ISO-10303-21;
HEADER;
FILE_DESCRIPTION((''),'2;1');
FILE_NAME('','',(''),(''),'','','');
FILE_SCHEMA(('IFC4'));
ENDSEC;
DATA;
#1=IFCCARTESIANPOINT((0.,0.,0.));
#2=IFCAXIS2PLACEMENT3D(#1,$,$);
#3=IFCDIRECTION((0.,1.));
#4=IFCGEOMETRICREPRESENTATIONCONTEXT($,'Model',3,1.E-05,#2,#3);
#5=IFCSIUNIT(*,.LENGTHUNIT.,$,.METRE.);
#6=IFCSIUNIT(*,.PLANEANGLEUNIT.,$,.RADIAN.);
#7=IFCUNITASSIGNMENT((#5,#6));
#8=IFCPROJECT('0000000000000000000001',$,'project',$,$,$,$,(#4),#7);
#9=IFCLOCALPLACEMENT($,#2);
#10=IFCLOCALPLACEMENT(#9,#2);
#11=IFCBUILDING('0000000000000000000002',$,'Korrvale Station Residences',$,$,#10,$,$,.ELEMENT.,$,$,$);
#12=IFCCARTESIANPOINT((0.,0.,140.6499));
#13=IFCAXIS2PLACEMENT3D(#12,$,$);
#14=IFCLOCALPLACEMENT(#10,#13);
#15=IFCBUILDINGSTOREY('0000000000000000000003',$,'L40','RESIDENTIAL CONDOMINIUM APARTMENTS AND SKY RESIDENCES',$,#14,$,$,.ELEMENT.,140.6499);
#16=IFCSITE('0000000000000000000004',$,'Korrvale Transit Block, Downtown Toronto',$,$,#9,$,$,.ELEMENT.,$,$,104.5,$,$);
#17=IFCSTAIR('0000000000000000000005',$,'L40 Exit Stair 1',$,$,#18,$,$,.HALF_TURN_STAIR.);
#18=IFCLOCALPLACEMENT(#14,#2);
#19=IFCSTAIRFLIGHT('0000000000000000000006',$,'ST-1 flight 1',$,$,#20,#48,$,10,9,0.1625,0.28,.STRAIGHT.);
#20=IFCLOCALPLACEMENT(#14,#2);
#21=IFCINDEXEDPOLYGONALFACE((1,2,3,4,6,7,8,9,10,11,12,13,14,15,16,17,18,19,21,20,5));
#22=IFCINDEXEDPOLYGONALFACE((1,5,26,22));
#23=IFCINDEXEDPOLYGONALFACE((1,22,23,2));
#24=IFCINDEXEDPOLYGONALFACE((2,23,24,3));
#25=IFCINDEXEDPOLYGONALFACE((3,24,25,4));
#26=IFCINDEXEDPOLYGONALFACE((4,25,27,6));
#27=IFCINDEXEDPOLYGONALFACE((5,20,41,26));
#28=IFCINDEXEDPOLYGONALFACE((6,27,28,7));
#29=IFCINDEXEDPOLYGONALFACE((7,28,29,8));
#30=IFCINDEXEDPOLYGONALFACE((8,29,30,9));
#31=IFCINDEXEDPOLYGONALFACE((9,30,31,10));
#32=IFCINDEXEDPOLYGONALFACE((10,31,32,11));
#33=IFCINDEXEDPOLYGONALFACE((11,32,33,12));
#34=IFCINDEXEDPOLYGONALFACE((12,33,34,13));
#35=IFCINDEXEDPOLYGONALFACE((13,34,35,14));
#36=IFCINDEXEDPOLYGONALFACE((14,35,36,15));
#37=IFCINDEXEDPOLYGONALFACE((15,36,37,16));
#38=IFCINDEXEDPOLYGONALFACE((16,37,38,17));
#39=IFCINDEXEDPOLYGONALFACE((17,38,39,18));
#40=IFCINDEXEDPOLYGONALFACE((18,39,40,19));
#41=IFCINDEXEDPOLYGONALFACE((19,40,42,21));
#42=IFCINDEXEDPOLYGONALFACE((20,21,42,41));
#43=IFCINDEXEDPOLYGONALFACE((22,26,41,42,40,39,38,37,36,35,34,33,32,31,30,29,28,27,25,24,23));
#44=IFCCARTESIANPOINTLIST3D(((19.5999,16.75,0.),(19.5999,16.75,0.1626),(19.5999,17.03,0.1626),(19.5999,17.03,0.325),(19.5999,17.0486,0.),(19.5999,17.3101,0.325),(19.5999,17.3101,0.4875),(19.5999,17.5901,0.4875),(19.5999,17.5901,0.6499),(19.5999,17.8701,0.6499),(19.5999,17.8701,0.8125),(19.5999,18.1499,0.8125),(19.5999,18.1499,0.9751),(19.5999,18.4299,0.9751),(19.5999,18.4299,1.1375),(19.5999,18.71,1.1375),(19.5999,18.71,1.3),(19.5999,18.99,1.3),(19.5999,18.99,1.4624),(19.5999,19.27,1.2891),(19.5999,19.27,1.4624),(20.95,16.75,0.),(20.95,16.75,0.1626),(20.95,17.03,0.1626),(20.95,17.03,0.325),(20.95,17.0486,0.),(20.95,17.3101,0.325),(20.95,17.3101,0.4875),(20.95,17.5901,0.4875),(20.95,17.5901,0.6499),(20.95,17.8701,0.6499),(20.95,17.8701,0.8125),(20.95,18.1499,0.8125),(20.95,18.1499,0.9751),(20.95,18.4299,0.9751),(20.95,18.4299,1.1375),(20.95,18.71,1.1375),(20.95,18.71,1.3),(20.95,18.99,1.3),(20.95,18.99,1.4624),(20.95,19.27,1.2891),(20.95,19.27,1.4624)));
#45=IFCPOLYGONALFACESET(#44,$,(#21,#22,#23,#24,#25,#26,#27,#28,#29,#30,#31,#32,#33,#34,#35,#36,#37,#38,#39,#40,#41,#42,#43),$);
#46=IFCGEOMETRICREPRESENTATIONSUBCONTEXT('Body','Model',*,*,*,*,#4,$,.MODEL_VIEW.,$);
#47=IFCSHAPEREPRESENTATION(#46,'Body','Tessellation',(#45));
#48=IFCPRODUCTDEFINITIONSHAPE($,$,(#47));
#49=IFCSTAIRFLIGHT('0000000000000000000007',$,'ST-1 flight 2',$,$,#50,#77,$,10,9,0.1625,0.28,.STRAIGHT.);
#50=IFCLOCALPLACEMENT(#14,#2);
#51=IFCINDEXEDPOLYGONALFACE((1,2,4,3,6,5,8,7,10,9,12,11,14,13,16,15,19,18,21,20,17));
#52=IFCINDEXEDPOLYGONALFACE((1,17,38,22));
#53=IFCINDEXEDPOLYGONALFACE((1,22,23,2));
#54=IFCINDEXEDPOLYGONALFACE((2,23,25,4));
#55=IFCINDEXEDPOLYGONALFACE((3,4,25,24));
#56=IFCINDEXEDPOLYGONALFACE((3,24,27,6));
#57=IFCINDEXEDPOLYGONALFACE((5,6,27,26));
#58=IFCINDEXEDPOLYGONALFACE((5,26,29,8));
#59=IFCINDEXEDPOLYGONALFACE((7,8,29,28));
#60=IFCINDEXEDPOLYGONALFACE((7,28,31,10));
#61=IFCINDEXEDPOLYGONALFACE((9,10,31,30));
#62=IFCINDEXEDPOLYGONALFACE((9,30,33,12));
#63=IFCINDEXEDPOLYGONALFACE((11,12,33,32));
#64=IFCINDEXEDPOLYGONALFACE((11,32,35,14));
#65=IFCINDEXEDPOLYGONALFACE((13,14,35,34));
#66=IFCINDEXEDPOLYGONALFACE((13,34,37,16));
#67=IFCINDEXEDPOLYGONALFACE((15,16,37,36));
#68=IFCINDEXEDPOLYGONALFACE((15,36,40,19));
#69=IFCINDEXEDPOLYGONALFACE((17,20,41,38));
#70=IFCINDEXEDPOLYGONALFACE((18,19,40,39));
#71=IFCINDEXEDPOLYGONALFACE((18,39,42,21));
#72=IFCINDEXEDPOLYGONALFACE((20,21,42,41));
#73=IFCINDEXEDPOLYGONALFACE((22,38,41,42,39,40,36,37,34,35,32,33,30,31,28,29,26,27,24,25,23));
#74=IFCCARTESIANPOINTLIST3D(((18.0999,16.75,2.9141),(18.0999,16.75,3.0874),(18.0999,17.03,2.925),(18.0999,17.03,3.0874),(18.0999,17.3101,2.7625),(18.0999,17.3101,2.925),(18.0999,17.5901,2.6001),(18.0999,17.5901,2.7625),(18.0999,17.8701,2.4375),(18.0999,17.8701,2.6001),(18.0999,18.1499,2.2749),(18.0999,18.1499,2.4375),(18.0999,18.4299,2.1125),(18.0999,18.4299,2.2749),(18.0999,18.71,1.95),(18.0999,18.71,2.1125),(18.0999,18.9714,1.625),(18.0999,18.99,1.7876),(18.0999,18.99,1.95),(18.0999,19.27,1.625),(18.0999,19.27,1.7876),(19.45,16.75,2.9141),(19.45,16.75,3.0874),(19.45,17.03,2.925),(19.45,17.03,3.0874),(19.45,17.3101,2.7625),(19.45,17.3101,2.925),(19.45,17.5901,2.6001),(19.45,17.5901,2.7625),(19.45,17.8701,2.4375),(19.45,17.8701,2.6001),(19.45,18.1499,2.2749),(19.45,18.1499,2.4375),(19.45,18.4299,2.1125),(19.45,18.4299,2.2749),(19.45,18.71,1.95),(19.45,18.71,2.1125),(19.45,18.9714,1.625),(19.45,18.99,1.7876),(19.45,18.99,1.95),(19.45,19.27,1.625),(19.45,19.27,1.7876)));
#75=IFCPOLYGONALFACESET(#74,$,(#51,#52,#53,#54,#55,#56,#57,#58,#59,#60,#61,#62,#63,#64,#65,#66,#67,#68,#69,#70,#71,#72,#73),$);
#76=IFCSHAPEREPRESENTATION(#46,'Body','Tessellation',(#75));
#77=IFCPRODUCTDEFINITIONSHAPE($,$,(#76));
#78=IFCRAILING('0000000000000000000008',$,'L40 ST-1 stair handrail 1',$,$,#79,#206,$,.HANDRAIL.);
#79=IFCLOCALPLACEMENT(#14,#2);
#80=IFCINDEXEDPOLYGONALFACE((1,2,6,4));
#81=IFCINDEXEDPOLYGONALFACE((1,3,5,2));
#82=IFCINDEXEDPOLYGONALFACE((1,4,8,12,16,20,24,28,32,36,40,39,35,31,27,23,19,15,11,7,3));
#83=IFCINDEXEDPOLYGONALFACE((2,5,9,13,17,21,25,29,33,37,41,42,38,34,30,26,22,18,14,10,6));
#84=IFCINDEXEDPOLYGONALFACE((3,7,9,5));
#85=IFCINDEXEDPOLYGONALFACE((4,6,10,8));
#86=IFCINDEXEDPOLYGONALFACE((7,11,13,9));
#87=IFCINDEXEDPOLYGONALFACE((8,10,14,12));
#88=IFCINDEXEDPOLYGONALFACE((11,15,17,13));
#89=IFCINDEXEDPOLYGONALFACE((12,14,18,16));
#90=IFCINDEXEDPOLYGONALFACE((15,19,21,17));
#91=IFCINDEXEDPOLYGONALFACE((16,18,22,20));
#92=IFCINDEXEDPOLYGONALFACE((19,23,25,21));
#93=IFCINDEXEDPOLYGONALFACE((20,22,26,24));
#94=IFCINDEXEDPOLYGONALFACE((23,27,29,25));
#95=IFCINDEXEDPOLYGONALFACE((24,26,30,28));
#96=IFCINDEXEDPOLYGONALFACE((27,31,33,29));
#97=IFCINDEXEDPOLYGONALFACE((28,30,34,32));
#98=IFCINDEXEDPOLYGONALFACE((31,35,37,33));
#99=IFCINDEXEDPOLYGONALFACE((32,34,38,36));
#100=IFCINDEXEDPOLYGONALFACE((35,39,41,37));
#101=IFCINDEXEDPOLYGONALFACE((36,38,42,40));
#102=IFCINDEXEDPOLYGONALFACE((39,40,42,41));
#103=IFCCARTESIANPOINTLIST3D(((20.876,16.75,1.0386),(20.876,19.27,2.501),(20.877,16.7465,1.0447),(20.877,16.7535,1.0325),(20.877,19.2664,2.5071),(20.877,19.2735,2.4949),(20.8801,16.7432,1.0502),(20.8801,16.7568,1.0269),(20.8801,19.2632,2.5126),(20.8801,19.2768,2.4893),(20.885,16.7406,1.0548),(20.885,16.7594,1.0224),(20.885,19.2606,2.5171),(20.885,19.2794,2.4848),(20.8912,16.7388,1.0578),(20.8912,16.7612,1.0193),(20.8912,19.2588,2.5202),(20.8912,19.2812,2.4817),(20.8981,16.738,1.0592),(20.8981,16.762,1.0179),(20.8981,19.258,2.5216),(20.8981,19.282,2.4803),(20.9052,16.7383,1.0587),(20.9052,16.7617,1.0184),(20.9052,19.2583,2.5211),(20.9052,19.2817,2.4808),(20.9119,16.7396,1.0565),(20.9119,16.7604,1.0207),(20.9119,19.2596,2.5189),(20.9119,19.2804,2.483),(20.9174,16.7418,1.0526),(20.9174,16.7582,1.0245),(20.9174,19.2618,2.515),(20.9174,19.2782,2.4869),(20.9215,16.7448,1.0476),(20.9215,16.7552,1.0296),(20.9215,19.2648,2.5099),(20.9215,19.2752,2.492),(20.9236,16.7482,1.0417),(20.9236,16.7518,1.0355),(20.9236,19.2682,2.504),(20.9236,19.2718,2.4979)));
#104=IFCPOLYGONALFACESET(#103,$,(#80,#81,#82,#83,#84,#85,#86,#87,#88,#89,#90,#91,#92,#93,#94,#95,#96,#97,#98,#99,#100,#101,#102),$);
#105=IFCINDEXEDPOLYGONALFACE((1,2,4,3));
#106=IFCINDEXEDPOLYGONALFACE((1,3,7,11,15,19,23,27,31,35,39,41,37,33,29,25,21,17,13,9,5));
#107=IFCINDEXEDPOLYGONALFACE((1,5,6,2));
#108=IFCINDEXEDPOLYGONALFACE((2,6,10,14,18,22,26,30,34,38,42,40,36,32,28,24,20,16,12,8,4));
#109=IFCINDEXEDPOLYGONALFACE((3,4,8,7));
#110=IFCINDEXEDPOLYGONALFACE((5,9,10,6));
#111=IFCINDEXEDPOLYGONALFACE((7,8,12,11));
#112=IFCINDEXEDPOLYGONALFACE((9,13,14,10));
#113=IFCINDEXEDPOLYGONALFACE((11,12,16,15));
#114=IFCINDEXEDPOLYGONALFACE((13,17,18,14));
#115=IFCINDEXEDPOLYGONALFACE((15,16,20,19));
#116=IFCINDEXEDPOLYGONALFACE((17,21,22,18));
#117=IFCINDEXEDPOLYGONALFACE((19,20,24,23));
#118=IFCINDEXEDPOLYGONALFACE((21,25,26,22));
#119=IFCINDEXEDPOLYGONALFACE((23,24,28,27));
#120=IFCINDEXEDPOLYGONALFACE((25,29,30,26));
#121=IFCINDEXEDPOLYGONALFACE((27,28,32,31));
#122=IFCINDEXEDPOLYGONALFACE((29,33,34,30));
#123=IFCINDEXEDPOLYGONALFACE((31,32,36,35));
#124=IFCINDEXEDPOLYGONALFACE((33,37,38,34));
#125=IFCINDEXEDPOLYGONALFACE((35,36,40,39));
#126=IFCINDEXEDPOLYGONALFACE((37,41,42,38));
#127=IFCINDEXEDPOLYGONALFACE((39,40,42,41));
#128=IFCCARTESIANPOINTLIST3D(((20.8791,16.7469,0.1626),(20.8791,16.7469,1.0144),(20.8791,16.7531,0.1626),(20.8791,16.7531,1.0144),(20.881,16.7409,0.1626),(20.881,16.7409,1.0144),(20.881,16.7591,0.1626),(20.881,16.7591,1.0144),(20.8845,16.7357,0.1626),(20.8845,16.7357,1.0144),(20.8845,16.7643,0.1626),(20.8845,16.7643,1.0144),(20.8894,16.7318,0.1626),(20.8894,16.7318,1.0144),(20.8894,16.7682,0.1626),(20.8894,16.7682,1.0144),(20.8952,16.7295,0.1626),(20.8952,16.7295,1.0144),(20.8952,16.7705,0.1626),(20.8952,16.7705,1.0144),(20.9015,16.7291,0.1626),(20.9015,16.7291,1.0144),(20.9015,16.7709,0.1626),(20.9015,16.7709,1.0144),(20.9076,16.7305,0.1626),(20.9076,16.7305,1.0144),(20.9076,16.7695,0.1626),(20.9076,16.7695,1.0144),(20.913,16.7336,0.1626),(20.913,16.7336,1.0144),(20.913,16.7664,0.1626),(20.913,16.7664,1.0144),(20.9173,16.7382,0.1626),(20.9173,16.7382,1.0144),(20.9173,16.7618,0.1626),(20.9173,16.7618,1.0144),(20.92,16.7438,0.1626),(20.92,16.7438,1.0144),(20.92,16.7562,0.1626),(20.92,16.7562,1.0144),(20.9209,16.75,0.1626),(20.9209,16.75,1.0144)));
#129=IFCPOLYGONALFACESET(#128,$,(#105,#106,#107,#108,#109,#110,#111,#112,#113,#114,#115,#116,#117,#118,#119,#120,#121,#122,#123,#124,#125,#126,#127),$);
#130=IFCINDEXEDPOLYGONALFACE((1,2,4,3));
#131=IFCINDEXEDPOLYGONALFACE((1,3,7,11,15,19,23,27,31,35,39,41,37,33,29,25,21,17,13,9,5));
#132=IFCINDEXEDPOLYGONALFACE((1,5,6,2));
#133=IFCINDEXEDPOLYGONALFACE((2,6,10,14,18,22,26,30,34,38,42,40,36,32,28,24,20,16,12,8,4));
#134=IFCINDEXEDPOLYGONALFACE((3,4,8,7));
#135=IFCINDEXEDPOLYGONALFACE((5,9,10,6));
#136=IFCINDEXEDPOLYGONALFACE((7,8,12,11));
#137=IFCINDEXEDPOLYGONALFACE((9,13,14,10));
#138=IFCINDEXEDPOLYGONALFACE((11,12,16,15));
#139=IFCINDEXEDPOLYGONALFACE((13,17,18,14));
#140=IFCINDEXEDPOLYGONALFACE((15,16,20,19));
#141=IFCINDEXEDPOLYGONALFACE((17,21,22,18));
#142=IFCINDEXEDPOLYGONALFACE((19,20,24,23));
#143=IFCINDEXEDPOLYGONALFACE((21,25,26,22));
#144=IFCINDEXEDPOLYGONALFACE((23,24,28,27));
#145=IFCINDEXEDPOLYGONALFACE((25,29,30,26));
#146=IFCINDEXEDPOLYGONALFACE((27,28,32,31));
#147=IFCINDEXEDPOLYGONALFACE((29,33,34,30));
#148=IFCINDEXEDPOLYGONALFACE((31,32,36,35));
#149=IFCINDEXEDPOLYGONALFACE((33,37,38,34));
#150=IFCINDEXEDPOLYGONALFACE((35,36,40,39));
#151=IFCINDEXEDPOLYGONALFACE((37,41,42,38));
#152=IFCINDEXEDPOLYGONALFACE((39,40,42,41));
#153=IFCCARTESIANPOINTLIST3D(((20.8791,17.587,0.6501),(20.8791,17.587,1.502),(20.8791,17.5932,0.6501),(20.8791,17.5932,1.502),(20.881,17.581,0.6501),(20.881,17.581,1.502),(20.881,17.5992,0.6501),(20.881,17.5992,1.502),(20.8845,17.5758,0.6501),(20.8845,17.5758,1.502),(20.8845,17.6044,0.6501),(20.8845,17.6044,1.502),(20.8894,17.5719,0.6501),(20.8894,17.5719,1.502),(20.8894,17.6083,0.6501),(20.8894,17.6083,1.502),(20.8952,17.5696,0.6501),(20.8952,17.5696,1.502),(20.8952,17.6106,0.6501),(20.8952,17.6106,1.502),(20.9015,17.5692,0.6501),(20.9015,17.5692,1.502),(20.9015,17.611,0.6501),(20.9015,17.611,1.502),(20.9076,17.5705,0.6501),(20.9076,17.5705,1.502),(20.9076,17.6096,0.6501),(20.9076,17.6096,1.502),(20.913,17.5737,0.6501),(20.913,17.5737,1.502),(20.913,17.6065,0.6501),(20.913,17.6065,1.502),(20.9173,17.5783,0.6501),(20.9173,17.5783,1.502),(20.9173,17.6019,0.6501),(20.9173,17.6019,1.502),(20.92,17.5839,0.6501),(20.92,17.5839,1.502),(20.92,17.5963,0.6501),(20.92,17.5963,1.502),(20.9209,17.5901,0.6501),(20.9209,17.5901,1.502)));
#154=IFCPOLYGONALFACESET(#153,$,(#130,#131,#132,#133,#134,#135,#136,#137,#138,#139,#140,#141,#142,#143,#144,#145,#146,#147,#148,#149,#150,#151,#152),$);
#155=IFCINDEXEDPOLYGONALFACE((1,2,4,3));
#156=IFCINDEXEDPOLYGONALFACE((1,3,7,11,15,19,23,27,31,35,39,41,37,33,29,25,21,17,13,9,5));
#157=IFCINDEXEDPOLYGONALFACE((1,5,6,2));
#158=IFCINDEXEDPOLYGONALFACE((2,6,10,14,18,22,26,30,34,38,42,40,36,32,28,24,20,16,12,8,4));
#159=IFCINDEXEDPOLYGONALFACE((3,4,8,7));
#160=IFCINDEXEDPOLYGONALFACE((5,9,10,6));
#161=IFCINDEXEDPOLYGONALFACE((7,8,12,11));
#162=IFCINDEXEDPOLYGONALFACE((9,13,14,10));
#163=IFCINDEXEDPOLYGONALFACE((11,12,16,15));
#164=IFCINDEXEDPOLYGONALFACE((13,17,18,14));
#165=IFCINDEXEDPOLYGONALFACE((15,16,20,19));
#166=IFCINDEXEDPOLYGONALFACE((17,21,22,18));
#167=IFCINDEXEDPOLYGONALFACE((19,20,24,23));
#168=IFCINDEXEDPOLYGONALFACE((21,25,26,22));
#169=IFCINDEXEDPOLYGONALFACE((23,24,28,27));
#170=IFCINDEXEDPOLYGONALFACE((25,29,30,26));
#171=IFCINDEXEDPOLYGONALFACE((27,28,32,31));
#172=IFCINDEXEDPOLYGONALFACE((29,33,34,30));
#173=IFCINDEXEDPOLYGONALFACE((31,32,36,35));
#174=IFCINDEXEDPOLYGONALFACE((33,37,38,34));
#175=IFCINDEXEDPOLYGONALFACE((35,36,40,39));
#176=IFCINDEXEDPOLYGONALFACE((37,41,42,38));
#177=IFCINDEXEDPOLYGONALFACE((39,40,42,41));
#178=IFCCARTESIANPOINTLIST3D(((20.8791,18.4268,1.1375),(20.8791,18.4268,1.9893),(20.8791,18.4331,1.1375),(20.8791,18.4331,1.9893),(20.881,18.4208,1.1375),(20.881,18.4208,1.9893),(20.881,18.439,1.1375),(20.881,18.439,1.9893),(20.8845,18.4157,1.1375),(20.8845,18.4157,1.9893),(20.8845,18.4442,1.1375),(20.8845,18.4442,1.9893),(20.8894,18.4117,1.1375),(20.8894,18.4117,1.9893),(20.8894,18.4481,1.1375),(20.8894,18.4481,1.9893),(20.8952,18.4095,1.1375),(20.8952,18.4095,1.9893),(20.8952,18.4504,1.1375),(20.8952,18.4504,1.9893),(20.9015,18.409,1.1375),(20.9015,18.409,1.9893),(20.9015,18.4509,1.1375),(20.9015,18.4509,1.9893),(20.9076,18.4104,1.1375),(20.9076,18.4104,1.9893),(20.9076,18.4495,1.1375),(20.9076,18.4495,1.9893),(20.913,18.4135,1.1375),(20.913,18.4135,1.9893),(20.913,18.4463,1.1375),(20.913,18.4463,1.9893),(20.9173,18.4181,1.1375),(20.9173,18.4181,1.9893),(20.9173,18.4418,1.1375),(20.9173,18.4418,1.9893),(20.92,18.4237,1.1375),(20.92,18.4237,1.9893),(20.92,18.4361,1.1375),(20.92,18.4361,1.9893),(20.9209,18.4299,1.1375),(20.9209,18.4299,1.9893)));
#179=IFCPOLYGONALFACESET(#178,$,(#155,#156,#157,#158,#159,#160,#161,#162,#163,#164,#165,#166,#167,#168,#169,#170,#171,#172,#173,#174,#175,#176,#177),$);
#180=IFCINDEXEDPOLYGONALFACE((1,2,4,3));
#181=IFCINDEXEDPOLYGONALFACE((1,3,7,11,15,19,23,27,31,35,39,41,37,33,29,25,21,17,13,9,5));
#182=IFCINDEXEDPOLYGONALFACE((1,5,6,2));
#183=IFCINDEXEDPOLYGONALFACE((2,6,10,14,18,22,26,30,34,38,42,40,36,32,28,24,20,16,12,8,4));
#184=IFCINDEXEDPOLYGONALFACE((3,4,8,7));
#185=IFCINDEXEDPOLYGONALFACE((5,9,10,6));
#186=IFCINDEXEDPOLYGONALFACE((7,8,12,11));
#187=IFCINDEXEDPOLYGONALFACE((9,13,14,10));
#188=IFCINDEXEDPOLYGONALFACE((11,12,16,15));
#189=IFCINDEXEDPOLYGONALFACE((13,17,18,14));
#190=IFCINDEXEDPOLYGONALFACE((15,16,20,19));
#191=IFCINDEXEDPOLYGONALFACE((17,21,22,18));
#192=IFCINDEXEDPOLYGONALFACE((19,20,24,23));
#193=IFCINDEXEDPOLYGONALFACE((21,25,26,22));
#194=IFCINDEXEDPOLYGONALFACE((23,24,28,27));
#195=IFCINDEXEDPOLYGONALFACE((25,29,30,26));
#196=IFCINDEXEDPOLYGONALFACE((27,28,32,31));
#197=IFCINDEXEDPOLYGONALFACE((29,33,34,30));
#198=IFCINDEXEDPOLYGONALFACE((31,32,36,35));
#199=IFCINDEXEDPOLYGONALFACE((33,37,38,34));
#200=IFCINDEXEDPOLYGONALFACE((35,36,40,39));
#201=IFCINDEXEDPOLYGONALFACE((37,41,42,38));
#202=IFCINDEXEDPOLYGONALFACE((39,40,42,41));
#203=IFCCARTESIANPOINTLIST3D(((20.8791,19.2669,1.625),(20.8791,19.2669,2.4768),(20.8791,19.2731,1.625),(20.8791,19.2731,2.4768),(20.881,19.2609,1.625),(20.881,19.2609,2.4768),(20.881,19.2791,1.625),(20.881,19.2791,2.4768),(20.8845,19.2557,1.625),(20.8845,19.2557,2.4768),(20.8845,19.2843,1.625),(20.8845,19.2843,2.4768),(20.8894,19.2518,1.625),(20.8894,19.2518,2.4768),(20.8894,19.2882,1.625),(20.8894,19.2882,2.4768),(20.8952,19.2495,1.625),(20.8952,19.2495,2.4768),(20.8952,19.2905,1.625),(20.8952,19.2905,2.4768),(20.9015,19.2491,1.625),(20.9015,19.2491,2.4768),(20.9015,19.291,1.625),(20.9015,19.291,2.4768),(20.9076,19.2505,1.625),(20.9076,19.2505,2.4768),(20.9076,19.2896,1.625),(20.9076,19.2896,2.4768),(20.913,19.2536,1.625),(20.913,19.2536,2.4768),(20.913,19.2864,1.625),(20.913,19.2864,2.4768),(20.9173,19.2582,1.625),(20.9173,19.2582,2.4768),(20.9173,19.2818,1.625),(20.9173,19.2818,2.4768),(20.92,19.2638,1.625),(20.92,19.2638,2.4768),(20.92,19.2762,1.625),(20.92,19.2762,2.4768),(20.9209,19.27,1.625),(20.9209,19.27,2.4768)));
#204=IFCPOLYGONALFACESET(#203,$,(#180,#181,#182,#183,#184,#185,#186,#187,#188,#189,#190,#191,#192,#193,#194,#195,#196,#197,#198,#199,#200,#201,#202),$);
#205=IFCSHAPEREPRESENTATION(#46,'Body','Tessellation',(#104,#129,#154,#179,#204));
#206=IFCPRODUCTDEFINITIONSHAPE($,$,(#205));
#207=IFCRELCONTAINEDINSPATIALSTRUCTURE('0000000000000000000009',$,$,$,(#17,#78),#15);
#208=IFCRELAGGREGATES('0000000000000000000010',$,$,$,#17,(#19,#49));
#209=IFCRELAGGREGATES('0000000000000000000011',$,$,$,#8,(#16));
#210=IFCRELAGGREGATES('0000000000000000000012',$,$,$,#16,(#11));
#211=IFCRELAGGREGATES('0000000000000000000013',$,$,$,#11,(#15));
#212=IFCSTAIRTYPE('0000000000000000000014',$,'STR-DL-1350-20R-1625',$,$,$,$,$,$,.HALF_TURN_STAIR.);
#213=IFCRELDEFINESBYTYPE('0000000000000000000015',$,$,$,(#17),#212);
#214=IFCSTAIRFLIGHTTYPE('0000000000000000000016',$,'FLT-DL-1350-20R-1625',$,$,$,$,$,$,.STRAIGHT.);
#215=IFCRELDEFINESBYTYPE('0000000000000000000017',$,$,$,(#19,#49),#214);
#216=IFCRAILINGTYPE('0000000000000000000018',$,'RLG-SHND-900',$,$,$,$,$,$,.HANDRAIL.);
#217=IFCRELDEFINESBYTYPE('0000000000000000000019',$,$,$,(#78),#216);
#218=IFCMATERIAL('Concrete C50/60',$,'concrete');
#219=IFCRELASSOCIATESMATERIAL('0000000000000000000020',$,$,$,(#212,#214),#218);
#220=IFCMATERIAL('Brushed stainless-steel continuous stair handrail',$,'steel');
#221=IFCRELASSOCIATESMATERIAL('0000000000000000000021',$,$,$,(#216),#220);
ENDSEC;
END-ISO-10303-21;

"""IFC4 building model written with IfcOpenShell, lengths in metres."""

from ifc_helpers import new_model, si_unit, direction, frame, origin, origin_2d, place, context, subcontext, project, spatial, polyline, circle, outline, extrude, material, type_object, element, aggregate, save


model = new_model("IFC4")

# Units and contexts
model_context = context("Model", 3, precision=1e-05, world=origin(), true_north=direction((0.0, 1.0)))
body_context = subcontext(model_context, "Body", "Model", "MODEL_VIEW")
ifc_project = project(units=[si_unit("LENGTHUNIT", "METRE"), si_unit("PLANEANGLEUNIT", "RADIAN")], contexts=[model_context])

# Site, building, storey
site_placement = place(None, origin())
site = spatial("IfcSite", under=ifc_project, at=site_placement, Name="Korrvale Transit Block, Downtown Toronto", CompositionType="ELEMENT", RefElevation=104.5)
building_placement = place(site_placement, origin())
building = spatial("IfcBuilding", under=site, at=building_placement, Name="Korrvale Station Residences", CompositionType="ELEMENT")
storey_placement = place(building_placement, frame((0.0, 0.0, 140.6499)))
storey = spatial("IfcBuildingStorey", under=building, at=storey_placement, Name="L40", Description="RESIDENTIAL CONDOMINIUM APARTMENTS AND SKY RESIDENCES", CompositionType="ELEMENT", Elevation=140.6499)

# Stair, stair flights
ifc_material_1 = material(Name="Concrete C50/60", Category="concrete")
stair_type = type_object("IfcStairType", Name="STR-DL-1350-20R-1625", PredefinedType="HALF_TURN_STAIR", material=ifc_material_1)
stair_placement = place(storey_placement, origin())
stair = element("IfcStair", 1, at=stair_placement, inside=storey, type_object=stair_type, Name="L40 Exit Stair 1", PredefinedType="HALF_TURN_STAIR")
stair_flight_type = type_object("IfcStairFlightType", Name="FLT-DL-1350-20R-1625", PredefinedType="STRAIGHT", material=ifc_material_1)
stair_flight_1_placement = place(storey_placement, frame((20.2749, 16.75, 0.0), z_axis=(0.0, 0.0, 1.0), x_axis=(0.0, 1.0, 0.0)))
stair_flight_1 = element("IfcStairFlight", 2, at=stair_flight_1_placement, type_object=stair_flight_type, Name="ST-1 flight 1", NumberOfRisers=10, NumberOfTreads=9, PredefinedType="STRAIGHT", RiserHeight=0.1625, TreadLength=0.28, context=body_context, shape_type="SweptSolid", body=[
    extrude(outline(polyline([(0.0, 0.0), (0.0, 0.1626), (0.28, 0.1626), (0.28, 0.325), (0.5601, 0.325), (0.5601, 0.4875), (0.8401, 0.4875), (0.8401, 0.6499), (1.1201, 0.6499), (1.1201, 0.8125), (1.3999, 0.8125), (1.3999, 0.9751), (1.6799, 0.9751), (1.6799, 1.1375), (1.96, 1.1375), (1.96, 1.3), (2.24, 1.3), (2.24, 1.4624), (2.52, 1.4624), (2.52, 1.625), (2.52, 1.2891), (0.2986, 0.0), (0.0, 0.0)])), frame((0.0, 0.675, 0.0), z_axis=(0.0, -1.0, 0.0), x_axis=(1.0, 0.0, 0.0)), (0.0, 0.0, 1.0), 1.3501),
])
stair_flight_2_placement = place(storey_placement, frame((18.7749, 19.27, 1.625), z_axis=(0.0, 0.0, 1.0), x_axis=(0.0, -1.0, 0.0)))
stair_flight_2 = element("IfcStairFlight", 3, at=stair_flight_2_placement, type_object=stair_flight_type, Name="ST-1 flight 2", NumberOfRisers=10, NumberOfTreads=9, PredefinedType="STRAIGHT", RiserHeight=0.1625, TreadLength=0.28, context=body_context, shape_type="SweptSolid", body=[
    extrude(outline(polyline([(0.0, 0.0), (0.0, 0.1626), (0.28, 0.1626), (0.28, 0.325), (0.5601, 0.325), (0.5601, 0.4875), (0.8401, 0.4875), (0.8401, 0.6499), (1.1201, 0.6499), (1.1201, 0.8125), (1.3999, 0.8125), (1.3999, 0.9751), (1.6799, 0.9751), (1.6799, 1.1375), (1.96, 1.1375), (1.96, 1.3), (2.24, 1.3), (2.24, 1.4624), (2.52, 1.4624), (2.52, 1.625), (2.52, 1.2891), (0.2986, 0.0), (0.0, 0.0)])), frame((0.0, 0.675, 0.0), z_axis=(0.0, -1.0, 0.0), x_axis=(1.0, 0.0, 0.0)), (0.0, 0.0, 1.0), 1.3501),
])
aggregate(stair, [stair_flight_1, stair_flight_2])

# Railing
ifc_material_2 = material(Name="Brushed stainless-steel continuous stair handrail", Category="steel")
railing_type_1 = type_object("IfcRailingType", Name="RLG-SHND-900", PredefinedType="HANDRAIL", material=ifc_material_2)
railing_1_placement = place(storey_placement, frame((20.8999, 16.75, 0.1626)))
element("IfcRailing", 4, at=railing_1_placement, inside=storey, type_object=railing_type_1, Name="L40 ST-1 stair handrail 1", PredefinedType="HANDRAIL", context=body_context, shape_type="SweptSolid", body=[
    extrude(circle(Radius=0.0239, at=origin_2d()), frame((0.0, 0.0, 0.876), z_axis=(0.0, 0.864913, 0.501921), x_axis=(-1.0, 0.0, 0.0)), (0.0, 0.0, 1.0), 2.9136),
    extrude(circle(Radius=0.021, at=origin_2d()), origin(), (0.0, 0.0, 1.0), 0.8518),
    extrude(circle(Radius=0.021, at=origin_2d()), frame((0.0, 0.8401, 0.4875)), (0.0, 0.0, 1.0), 0.8518),
    extrude(circle(Radius=0.021, at=origin_2d()), frame((0.0, 1.6799, 0.9749)), (0.0, 0.0, 1.0), 0.8518),
    extrude(circle(Radius=0.021, at=origin_2d()), frame((0.0, 2.52, 1.4624)), (0.0, 0.0, 1.0), 0.8518),
])

save(model, "model.ifc")
